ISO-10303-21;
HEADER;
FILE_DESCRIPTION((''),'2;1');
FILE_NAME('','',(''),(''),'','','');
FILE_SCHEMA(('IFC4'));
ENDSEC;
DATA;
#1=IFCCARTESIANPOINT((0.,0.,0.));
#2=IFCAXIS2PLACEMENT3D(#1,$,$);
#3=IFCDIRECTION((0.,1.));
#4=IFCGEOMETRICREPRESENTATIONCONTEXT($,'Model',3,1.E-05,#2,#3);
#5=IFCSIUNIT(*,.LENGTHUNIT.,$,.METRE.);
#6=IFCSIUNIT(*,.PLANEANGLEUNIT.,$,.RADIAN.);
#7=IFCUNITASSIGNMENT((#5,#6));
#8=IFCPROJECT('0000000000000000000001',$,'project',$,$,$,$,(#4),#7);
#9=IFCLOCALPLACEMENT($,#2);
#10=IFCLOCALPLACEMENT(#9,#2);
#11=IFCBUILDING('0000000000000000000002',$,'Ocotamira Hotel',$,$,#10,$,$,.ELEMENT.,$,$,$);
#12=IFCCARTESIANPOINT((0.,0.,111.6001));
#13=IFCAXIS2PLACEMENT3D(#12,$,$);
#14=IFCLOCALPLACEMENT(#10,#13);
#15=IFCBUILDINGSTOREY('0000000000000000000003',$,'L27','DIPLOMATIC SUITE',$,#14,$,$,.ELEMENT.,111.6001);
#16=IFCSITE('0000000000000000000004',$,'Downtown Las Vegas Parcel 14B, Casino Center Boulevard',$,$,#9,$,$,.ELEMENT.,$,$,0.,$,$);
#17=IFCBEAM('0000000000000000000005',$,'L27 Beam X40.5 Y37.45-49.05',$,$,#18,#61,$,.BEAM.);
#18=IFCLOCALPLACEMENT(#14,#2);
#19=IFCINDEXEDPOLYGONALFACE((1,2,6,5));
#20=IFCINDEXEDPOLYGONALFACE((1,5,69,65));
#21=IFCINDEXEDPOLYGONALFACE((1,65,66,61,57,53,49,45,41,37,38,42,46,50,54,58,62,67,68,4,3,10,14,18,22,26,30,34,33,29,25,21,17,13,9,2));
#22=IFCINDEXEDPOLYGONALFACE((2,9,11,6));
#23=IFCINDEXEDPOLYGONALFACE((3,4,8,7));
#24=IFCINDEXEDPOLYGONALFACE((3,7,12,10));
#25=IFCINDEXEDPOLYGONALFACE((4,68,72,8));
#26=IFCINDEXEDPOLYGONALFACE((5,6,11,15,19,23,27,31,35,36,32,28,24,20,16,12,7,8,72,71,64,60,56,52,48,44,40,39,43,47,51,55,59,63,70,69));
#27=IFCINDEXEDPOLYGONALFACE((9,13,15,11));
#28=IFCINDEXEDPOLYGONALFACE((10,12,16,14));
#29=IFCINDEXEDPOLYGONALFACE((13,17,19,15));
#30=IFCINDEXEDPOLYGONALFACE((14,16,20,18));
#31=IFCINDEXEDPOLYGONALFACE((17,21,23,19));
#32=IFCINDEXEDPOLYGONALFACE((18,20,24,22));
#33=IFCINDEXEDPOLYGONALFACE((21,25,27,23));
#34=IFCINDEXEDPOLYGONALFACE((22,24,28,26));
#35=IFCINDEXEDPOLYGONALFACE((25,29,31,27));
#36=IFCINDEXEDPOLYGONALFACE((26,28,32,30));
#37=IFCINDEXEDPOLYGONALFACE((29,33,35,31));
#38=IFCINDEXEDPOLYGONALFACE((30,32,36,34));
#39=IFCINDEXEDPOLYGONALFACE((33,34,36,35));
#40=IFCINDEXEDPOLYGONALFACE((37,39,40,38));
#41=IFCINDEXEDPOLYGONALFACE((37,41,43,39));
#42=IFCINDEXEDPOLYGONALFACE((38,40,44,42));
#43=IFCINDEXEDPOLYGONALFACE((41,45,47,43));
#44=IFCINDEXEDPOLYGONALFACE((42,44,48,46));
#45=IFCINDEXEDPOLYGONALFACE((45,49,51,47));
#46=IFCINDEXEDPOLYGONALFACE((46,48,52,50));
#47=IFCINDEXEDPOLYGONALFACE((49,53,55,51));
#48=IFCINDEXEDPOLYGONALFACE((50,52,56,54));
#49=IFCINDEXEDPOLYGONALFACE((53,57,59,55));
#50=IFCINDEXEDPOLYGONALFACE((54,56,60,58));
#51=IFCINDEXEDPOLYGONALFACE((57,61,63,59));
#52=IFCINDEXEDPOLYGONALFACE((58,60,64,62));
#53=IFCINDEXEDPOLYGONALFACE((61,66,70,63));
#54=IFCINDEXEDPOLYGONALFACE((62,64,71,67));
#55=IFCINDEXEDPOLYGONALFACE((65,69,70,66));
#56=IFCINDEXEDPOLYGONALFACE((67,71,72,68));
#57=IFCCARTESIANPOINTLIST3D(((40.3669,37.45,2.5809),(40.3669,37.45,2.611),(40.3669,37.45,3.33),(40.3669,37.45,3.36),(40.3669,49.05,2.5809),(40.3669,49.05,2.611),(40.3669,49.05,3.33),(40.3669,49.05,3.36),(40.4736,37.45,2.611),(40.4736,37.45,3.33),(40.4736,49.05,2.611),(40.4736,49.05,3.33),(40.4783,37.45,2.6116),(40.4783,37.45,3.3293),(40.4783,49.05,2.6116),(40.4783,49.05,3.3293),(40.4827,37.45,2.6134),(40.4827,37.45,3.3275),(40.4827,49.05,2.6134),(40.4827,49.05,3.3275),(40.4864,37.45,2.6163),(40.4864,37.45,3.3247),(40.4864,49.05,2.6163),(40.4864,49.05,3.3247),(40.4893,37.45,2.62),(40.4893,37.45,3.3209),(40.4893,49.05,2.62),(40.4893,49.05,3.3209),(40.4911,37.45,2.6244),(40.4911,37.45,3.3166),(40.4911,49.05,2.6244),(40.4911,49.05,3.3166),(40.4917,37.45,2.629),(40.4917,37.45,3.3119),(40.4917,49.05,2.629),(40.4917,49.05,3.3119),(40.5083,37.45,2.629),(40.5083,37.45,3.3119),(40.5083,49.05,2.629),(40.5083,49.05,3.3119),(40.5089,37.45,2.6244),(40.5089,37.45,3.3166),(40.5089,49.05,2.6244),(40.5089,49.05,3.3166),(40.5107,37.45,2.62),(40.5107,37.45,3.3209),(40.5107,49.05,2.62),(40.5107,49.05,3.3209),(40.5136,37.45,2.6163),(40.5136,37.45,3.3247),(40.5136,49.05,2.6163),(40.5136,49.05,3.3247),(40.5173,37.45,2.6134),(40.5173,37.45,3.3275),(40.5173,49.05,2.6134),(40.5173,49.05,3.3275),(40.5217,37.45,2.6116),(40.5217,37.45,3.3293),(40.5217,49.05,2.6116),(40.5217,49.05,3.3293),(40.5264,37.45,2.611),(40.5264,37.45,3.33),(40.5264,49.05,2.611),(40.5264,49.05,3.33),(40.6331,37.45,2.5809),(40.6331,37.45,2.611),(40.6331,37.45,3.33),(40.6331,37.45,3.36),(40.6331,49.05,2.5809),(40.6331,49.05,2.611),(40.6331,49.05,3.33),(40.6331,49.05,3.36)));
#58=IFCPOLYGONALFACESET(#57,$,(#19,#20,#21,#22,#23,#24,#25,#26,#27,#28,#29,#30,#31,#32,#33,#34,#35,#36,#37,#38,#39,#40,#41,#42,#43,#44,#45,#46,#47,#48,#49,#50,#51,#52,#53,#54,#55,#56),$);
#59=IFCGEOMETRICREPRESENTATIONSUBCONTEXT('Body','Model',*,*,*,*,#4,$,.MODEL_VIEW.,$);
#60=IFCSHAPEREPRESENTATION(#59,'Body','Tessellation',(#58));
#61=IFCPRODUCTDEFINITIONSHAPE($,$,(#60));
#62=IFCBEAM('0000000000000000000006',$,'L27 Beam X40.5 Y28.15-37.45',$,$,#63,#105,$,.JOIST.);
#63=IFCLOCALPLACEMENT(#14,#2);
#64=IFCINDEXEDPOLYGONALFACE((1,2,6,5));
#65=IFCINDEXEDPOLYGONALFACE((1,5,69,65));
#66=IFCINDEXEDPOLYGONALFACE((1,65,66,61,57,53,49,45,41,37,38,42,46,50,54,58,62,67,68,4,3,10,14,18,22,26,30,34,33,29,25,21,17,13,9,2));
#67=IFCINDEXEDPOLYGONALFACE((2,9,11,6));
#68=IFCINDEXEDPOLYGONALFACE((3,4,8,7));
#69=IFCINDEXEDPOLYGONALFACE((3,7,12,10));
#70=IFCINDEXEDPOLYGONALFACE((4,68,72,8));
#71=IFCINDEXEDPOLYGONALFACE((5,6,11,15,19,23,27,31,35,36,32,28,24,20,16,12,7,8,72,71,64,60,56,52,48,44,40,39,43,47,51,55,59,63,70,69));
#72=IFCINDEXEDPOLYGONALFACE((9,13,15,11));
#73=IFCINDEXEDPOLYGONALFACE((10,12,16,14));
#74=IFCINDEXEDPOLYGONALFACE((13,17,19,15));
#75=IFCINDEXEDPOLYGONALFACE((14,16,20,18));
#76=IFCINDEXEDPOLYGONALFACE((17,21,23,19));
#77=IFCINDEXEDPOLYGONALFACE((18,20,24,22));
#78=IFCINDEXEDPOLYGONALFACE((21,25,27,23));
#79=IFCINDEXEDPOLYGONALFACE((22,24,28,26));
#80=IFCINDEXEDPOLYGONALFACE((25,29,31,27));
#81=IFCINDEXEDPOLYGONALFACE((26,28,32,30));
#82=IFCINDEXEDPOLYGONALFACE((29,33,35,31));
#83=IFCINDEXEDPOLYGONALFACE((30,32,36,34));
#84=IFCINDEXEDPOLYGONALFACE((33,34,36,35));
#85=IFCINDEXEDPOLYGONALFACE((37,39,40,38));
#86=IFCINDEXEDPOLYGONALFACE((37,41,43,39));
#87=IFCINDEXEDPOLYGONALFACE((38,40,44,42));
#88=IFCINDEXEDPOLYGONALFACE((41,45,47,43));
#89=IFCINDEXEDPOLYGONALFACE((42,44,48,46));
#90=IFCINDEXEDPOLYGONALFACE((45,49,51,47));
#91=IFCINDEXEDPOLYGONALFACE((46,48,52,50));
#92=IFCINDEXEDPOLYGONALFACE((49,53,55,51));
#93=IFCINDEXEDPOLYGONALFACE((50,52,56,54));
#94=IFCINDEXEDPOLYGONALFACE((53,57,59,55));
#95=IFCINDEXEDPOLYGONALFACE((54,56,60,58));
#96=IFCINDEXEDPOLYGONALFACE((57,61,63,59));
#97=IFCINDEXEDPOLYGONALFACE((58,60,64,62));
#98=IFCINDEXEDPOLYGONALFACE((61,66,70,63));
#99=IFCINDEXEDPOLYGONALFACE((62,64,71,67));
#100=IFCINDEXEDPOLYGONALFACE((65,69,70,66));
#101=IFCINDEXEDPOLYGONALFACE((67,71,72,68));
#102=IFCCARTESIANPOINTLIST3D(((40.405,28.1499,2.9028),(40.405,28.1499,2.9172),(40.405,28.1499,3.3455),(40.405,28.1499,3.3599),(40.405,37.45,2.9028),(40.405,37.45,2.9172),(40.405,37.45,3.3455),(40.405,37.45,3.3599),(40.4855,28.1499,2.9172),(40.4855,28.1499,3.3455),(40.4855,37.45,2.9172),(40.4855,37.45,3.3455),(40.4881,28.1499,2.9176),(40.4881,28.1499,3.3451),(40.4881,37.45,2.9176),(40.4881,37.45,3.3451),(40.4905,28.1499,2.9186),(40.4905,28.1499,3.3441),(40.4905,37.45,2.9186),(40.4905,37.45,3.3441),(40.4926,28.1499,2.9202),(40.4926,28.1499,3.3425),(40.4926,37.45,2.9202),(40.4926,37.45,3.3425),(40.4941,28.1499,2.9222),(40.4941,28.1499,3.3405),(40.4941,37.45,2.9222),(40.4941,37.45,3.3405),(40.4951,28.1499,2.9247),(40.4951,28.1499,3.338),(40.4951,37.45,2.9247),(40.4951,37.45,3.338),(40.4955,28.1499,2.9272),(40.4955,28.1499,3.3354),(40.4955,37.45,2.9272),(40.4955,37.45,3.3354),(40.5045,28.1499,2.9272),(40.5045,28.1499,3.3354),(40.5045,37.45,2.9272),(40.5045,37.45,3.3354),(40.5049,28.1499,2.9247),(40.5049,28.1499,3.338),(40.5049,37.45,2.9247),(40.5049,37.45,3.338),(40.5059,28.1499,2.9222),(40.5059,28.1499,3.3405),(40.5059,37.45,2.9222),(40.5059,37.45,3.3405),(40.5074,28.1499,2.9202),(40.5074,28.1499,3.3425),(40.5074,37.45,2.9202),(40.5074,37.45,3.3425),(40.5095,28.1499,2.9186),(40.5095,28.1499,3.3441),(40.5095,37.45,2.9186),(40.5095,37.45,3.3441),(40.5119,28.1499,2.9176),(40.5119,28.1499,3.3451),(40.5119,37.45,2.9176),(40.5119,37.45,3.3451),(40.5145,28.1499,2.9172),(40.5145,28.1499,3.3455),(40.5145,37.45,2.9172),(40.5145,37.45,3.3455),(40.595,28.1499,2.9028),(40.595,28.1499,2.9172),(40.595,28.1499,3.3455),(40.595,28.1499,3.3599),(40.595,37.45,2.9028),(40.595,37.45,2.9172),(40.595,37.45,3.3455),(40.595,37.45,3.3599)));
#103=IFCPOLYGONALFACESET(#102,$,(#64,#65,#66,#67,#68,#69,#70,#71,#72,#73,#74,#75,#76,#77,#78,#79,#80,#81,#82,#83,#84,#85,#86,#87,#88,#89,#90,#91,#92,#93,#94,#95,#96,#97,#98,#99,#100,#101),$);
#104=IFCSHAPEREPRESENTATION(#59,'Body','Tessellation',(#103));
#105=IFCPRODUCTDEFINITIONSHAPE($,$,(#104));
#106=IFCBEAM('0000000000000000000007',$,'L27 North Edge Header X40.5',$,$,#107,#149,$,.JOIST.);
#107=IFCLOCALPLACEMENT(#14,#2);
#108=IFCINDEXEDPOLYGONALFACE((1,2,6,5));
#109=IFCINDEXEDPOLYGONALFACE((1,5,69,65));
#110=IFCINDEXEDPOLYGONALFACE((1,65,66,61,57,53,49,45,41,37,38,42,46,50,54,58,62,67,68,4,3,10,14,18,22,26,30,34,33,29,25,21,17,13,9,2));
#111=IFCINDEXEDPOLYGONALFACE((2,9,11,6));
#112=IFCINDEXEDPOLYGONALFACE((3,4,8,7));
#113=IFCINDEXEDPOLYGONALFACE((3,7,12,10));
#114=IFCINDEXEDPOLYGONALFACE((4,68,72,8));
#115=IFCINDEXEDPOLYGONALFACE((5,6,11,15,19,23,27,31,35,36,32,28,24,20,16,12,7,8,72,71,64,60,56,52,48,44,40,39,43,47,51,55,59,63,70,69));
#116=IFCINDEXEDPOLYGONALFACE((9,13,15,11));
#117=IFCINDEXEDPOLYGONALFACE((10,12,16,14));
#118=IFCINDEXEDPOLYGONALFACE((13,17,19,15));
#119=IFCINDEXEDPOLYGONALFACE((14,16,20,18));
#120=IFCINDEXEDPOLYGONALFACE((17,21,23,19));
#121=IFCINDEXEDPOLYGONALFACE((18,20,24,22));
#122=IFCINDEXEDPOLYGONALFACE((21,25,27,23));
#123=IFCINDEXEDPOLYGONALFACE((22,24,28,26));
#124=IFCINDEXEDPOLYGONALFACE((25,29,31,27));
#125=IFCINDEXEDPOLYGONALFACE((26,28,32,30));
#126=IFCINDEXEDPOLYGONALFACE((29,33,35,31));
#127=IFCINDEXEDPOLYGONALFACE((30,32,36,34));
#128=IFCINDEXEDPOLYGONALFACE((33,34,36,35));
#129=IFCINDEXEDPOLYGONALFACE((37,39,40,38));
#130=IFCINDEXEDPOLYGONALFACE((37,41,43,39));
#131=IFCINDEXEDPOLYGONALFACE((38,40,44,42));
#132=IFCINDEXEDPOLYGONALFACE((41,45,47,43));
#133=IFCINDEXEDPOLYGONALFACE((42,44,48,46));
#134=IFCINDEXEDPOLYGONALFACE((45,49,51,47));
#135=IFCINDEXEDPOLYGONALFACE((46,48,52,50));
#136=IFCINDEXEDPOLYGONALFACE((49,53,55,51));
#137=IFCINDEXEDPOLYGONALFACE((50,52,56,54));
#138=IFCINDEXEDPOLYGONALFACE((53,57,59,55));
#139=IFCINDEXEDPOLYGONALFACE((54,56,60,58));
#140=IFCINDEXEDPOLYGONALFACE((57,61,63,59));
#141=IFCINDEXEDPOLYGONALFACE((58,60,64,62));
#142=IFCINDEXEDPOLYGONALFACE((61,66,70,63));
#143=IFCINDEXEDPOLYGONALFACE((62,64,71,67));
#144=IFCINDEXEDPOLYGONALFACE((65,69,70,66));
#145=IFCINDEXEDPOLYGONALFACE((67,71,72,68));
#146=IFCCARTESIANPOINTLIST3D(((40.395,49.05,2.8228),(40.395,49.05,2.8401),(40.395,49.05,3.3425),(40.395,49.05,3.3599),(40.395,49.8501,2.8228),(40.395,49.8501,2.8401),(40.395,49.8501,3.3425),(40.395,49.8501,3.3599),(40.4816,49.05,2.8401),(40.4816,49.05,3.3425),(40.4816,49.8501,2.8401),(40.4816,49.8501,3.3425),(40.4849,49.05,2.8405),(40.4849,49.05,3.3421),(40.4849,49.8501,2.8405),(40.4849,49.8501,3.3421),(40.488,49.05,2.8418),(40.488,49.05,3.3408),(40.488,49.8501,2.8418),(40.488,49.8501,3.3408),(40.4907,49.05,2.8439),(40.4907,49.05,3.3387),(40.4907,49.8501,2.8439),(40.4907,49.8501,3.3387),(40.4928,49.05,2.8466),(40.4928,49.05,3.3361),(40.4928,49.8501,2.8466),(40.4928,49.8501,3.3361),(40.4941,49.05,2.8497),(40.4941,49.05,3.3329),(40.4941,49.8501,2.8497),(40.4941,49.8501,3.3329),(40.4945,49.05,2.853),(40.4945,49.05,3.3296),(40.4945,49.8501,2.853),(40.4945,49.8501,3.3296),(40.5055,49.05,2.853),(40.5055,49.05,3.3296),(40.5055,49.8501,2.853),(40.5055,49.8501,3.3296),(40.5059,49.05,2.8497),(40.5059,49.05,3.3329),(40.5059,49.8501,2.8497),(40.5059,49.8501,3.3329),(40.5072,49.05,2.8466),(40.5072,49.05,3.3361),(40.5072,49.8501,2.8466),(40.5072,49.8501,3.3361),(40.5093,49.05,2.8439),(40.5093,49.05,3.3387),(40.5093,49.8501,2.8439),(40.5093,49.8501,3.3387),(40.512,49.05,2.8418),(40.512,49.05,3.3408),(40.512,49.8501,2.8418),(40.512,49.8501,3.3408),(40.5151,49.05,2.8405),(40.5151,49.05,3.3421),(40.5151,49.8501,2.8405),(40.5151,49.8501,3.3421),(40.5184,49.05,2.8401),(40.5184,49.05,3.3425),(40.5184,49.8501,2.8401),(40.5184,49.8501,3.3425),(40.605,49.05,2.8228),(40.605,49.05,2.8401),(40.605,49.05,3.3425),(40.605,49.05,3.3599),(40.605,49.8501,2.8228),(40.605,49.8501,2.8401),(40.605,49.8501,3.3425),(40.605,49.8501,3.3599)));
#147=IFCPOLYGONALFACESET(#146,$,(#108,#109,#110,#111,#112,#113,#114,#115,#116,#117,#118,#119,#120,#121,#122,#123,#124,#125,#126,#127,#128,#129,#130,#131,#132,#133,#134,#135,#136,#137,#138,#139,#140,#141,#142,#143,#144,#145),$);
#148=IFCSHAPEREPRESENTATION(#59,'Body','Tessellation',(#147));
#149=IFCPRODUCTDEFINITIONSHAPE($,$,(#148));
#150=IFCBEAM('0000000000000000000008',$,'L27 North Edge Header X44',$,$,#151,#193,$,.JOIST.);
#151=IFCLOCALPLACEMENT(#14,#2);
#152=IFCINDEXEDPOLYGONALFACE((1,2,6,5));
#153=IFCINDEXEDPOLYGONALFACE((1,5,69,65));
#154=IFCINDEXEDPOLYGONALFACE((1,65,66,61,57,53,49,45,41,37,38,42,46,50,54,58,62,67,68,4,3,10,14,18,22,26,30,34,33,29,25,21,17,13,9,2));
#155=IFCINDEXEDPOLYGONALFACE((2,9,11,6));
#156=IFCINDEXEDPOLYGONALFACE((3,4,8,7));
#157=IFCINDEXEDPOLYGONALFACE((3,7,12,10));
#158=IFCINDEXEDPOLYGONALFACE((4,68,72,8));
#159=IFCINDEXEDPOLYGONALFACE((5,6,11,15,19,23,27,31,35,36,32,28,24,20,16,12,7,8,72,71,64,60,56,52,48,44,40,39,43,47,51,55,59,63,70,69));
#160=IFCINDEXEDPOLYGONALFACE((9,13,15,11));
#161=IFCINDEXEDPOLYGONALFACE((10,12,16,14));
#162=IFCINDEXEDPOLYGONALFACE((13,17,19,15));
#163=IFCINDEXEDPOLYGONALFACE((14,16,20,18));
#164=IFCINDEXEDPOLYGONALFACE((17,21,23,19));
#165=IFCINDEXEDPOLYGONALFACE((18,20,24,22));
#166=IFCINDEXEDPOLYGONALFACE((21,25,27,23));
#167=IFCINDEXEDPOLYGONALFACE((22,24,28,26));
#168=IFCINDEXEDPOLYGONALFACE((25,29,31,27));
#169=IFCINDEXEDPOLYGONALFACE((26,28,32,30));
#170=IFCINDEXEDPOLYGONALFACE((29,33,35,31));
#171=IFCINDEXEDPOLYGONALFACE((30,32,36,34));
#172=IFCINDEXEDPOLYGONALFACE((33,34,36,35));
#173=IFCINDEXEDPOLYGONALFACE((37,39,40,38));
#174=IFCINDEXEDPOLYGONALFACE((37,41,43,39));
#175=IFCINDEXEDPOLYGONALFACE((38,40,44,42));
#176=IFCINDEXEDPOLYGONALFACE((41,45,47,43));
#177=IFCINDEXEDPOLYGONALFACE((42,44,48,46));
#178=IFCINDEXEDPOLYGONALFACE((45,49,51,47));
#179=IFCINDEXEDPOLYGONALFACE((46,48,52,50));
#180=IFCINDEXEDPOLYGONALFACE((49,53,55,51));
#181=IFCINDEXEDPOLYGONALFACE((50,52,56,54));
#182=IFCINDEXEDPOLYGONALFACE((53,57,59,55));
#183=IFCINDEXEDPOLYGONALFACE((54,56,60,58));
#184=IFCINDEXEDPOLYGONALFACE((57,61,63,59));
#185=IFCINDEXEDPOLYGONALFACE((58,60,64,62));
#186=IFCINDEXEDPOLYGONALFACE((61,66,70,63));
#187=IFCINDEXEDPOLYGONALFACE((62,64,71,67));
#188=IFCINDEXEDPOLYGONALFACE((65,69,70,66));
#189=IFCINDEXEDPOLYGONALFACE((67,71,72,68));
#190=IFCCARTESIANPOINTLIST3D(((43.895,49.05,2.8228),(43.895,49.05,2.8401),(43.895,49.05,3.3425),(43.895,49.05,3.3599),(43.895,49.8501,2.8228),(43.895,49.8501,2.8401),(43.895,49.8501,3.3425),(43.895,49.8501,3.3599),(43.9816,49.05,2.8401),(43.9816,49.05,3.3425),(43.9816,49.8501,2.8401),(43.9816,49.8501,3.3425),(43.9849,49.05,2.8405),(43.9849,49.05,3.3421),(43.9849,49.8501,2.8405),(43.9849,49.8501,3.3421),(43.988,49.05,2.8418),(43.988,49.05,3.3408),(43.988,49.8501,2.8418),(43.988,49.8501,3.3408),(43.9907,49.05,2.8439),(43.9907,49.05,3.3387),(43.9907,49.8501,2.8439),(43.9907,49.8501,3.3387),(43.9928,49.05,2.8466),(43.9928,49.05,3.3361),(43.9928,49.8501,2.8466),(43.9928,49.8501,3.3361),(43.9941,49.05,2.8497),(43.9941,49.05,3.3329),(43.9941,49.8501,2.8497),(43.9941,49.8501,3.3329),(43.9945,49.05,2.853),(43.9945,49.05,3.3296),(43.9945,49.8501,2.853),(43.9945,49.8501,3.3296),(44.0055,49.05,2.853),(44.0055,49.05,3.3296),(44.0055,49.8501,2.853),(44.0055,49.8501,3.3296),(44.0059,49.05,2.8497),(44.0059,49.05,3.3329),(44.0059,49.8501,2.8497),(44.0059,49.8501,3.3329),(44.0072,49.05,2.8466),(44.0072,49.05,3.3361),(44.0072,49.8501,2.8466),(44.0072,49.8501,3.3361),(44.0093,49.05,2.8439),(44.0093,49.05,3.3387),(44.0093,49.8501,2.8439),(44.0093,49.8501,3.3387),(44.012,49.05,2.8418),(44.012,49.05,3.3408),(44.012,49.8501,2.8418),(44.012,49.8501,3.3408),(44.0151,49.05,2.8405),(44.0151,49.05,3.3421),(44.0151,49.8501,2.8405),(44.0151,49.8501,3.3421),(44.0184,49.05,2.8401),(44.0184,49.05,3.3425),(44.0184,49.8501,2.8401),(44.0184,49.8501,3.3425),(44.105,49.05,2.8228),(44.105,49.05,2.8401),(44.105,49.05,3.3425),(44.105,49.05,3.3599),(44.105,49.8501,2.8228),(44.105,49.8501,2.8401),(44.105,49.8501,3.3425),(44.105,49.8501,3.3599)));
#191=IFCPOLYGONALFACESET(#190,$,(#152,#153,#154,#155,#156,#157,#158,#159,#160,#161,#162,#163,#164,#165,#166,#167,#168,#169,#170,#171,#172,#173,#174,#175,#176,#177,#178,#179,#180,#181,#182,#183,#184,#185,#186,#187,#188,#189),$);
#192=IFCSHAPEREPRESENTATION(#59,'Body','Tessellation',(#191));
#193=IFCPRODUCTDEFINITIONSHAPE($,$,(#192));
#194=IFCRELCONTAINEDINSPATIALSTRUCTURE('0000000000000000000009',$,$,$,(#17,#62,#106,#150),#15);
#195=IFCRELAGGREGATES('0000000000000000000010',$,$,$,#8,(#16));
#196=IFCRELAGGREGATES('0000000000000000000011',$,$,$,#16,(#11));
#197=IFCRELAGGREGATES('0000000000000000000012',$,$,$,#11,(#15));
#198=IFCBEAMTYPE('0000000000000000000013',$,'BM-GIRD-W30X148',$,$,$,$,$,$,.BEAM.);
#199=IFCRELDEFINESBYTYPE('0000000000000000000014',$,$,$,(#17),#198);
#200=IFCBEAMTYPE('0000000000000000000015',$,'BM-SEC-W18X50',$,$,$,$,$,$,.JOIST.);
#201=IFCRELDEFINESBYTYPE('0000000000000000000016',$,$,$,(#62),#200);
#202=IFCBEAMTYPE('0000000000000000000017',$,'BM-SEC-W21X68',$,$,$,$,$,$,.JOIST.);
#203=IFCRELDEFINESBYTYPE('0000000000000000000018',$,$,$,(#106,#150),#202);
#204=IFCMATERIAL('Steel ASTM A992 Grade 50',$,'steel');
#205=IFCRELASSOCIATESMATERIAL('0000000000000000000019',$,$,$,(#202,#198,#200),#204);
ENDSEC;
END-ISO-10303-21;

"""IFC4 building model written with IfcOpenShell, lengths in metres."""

from ifc_helpers import new_model, si_unit, direction, frame, origin, origin_2d, place, context, subcontext, project, spatial, i_section, extrude, source, transform, mapped, material, material_profile, profile_set, type_object, element, save


model = new_model("IFC4")

# Units and contexts
model_context = context("Model", 3, precision=1e-05, world=origin(), true_north=direction((0.0, 1.0)))
body_context = subcontext(model_context, "Body", "Model", "MODEL_VIEW")
ifc_project = project(units=[si_unit("LENGTHUNIT", "METRE"), si_unit("PLANEANGLEUNIT", "RADIAN")], contexts=[model_context])

# Site, building, storey
site_placement = place(None, origin())
site = spatial("IfcSite", under=ifc_project, at=site_placement, Name="Downtown Las Vegas Parcel 14B, Casino Center Boulevard", CompositionType="ELEMENT", RefElevation=0.0)
building_placement = place(site_placement, origin())
building = spatial("IfcBuilding", under=site, at=building_placement, Name="Ocotamira Hotel", CompositionType="ELEMENT")
storey_placement = place(building_placement, frame((0.0, 0.0, 111.6001)))
storey = spatial("IfcBuildingStorey", under=building, at=storey_placement, Name="L27", Description="DIPLOMATIC SUITE", CompositionType="ELEMENT", Elevation=111.6001)

# Beams
ifc_material_1 = material(Name="Steel ASTM A992 Grade 50", Category="steel")
ifc_material_profile_1 = material_profile(ifc_material_1, i_section(OverallWidth=0.21, OverallDepth=0.5371, WebThickness=0.011, FlangeThickness=0.0173, FilletRadius=0.0129, at=origin_2d()), Name="W21X68")
ifc_profile_set_1 = profile_set([ifc_material_profile_1], Name="Steel ASTM A992 Grade 50")
beam_type_1 = type_object("IfcBeamType", Name="BM-SEC-W21X68", PredefinedType="JOIST", material=ifc_profile_set_1)
ifc_material_profile_2 = material_profile(ifc_material_1, i_section(OverallWidth=0.2661, OverallDepth=0.7791, WebThickness=0.0166, FlangeThickness=0.03, FilletRadius=0.0181, at=origin_2d()), Name="W30X148")
ifc_profile_set_2 = profile_set([ifc_material_profile_2], Name="Steel ASTM A992 Grade 50")
beam_type_2 = type_object("IfcBeamType", Name="BM-GIRD-W30X148", PredefinedType="BEAM", material=ifc_profile_set_2)
shared_shape_1 = source(origin(), body_context, "Body", "SweptSolid", [
    extrude(i_section(OverallWidth=0.2661, OverallDepth=0.7791, WebThickness=0.0166, FlangeThickness=0.03, FilletRadius=0.0181, at=origin_2d()), origin(), (0.0, 0.0, 1.0), 11.6001),
])
beam_1_placement = place(storey_placement, frame((40.5, 37.45, 2.9705), z_axis=(0.0, 1.0, 0.0), x_axis=(-1.0, 0.0, 0.0)))
element("IfcBeam", 1, at=beam_1_placement, inside=storey, type_object=beam_type_2, Name="L27 Beam X40.5 Y37.45-49.05", PredefinedType="BEAM", context=body_context, shape_type="MappedRepresentation", body=[
    mapped(shared_shape_1, transform((0.0, 0.0, 0.0), scale=1.0)),
])
ifc_material_profile_3 = material_profile(ifc_material_1, i_section(OverallWidth=0.1899, OverallDepth=0.457, WebThickness=0.009, FlangeThickness=0.0144, FilletRadius=0.01, at=origin_2d()), Name="W18X50")
ifc_profile_set_3 = profile_set([ifc_material_profile_3], Name="Steel ASTM A992 Grade 50")
beam_type_3 = type_object("IfcBeamType", Name="BM-SEC-W18X50", PredefinedType="JOIST", material=ifc_profile_set_3)
shared_shape_2 = source(origin(), body_context, "Body", "SweptSolid", [
    extrude(i_section(OverallWidth=0.1899, OverallDepth=0.457, WebThickness=0.009, FlangeThickness=0.0144, FilletRadius=0.01, at=origin_2d()), origin(), (0.0, 0.0, 1.0), 9.3),
])
beam_2_placement = place(storey_placement, frame((40.5, 28.1499, 3.1313), z_axis=(0.0, 1.0, 0.0), x_axis=(-1.0, 0.0, 0.0)))
element("IfcBeam", 2, at=beam_2_placement, inside=storey, type_object=beam_type_3, Name="L27 Beam X40.5 Y28.15-37.45", PredefinedType="JOIST", context=body_context, shape_type="MappedRepresentation", body=[
    mapped(shared_shape_2, transform((0.0, 0.0, 0.0), scale=1.0)),
])
shared_shape_3 = source(origin(), body_context, "Body", "SweptSolid", [
    extrude(i_section(OverallWidth=0.21, OverallDepth=0.5371, WebThickness=0.011, FlangeThickness=0.0173, FilletRadius=0.0129, at=origin_2d()), origin(), (0.0, 0.0, 1.0), 0.8),
])
for number, where, z_axis, x_axis, name in (
    (3, (40.5, 49.05, 3.0913), (0.0, 1.0, 0.0), (-1.0, 0.0, 0.0), "L27 North Edge Header X40.5"),
    (4, (44.0, 49.05, 3.0913), (0.0, 1.0, 0.0), (-1.0, 0.0, 0.0), "L27 North Edge Header X44"),
):
    element("IfcBeam", number, at=place(storey_placement, frame(where, z_axis=z_axis, x_axis=x_axis)), inside=storey, type_object=beam_type_1, Name=name, PredefinedType="JOIST", context=body_context, shape_type="MappedRepresentation", body=[
        mapped(shared_shape_3, transform((0.0, 0.0, 0.0), scale=1.0)),
    ])

save(model, "model.ifc")
